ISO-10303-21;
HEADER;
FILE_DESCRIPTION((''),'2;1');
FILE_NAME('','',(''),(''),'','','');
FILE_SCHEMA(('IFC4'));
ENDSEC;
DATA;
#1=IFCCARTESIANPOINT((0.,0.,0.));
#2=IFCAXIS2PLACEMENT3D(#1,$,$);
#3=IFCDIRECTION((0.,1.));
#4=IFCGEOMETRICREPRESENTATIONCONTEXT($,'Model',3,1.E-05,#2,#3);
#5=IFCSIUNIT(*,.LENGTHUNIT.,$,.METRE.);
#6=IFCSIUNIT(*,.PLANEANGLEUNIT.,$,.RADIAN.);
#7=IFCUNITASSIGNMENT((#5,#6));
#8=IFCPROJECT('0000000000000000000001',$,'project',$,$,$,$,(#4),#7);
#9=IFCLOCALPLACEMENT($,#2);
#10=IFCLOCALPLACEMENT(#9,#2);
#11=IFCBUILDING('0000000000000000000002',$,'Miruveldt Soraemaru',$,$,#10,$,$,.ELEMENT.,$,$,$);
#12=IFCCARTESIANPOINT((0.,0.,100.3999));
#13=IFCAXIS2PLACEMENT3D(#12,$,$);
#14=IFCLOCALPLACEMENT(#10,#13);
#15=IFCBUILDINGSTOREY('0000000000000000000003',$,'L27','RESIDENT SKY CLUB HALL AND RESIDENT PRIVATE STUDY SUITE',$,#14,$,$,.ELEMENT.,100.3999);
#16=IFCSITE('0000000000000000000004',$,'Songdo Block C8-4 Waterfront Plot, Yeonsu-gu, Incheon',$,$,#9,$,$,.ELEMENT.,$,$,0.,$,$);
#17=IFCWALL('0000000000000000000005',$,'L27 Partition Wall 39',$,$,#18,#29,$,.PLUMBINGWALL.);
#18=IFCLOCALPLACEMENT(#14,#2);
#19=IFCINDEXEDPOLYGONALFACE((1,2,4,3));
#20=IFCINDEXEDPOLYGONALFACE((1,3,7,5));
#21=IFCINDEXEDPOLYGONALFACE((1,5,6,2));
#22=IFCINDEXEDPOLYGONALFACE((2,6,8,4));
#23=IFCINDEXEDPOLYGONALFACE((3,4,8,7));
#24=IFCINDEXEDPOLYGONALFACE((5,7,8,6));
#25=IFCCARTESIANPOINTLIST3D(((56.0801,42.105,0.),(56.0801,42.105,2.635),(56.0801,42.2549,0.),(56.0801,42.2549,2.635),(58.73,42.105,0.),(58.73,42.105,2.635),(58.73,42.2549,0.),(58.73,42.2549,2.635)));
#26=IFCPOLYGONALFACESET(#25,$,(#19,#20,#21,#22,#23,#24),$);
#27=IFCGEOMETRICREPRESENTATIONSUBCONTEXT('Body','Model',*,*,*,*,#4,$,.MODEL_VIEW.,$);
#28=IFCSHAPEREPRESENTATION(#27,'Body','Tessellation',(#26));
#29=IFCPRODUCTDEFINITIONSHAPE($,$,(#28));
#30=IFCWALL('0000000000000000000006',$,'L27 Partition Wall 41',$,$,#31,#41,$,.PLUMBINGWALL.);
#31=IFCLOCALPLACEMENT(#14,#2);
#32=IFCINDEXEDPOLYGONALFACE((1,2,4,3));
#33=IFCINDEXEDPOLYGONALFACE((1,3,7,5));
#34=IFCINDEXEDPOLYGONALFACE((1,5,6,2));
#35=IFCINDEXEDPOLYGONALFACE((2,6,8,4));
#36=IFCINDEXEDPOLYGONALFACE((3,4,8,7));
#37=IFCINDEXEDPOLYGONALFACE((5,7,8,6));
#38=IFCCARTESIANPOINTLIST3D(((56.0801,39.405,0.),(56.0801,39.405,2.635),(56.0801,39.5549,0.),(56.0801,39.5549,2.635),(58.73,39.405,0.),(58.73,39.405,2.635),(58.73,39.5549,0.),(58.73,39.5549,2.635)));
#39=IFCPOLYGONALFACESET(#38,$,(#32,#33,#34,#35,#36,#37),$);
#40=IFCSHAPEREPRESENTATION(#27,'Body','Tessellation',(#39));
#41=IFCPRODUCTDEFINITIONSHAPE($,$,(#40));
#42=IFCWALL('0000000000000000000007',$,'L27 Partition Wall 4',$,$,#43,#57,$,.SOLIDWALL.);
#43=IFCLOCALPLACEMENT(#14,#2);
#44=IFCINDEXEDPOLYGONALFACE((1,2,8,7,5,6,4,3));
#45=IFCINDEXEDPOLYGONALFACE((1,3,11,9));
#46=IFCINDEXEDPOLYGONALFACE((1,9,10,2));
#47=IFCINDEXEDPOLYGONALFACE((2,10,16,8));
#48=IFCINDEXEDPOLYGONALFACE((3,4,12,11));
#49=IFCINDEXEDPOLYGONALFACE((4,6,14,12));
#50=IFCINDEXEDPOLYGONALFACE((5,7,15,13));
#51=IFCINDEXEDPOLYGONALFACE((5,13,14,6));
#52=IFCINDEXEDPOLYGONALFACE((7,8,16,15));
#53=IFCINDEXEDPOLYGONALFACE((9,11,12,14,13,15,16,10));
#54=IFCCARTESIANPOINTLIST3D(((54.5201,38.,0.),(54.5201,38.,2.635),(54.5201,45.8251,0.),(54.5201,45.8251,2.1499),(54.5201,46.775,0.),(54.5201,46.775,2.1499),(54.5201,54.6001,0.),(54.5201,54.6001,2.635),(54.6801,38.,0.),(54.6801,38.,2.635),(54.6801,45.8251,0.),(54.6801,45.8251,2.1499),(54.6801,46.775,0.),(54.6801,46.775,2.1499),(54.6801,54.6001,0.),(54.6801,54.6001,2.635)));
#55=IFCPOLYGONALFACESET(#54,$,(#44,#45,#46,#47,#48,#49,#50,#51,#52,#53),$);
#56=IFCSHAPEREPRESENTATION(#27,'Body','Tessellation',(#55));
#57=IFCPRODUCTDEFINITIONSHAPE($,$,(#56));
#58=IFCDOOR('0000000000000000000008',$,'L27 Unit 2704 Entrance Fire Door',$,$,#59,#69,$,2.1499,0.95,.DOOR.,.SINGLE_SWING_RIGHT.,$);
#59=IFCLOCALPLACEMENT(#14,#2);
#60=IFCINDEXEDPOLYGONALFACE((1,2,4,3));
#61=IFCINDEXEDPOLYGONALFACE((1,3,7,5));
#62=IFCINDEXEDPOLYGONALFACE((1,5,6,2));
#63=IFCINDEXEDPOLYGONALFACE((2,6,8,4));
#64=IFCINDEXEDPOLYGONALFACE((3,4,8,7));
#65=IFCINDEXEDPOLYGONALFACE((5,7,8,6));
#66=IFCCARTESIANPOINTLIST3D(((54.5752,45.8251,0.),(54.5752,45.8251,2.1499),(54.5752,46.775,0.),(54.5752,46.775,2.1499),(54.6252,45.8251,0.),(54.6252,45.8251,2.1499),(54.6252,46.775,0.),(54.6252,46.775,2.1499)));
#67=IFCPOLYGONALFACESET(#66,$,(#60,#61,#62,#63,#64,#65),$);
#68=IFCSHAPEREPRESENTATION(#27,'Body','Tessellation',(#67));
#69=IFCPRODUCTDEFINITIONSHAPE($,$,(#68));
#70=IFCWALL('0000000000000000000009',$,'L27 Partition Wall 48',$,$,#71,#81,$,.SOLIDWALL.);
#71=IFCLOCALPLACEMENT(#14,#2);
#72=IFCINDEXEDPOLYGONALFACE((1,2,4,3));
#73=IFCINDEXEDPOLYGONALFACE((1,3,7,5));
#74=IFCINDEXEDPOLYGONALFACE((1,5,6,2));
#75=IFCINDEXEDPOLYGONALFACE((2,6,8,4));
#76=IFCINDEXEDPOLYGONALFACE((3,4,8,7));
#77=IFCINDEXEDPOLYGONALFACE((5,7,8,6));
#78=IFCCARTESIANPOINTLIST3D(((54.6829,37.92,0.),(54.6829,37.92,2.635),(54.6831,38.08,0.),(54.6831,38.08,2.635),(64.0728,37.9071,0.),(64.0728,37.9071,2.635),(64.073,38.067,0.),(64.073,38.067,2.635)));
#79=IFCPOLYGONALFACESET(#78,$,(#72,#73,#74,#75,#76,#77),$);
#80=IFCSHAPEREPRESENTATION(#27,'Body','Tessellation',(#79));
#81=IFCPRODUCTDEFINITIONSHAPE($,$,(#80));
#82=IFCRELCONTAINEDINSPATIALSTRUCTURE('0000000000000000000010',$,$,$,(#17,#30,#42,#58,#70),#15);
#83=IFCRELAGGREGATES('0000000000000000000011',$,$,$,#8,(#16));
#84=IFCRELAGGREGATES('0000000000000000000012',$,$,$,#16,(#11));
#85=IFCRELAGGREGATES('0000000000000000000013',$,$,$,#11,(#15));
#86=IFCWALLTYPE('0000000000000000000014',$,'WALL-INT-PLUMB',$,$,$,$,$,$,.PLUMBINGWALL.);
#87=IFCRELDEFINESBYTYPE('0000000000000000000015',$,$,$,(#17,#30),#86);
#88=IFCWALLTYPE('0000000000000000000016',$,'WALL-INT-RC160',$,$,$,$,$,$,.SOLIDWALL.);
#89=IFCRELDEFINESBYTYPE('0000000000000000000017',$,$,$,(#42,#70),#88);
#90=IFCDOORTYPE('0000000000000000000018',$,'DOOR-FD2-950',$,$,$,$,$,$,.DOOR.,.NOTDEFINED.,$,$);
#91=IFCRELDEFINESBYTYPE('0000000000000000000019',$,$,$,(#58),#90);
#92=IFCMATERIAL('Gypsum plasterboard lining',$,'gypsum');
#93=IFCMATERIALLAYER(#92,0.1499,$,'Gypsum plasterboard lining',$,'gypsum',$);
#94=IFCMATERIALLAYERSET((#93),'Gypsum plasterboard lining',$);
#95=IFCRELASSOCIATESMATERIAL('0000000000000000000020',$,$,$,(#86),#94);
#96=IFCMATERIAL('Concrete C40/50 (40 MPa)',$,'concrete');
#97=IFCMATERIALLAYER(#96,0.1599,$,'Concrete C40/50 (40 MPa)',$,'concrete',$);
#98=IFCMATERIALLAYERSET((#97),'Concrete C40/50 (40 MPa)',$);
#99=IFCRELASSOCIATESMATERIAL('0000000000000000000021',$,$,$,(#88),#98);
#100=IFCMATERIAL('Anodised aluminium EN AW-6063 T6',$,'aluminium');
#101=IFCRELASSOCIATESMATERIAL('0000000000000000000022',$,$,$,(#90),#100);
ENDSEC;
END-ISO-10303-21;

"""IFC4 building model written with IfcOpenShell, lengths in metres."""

from ifc_helpers import new_model, si_unit, direction, frame, frame_2d, origin, place, context, subcontext, project, spatial, rectangle, extrude, material, layer, layer_set, type_object, element, fill, save


model = new_model("IFC4")

# Units and contexts
model_context = context("Model", 3, precision=1e-05, world=origin(), true_north=direction((0.0, 1.0)))
body_context = subcontext(model_context, "Body", "Model", "MODEL_VIEW")
ifc_project = project(units=[si_unit("LENGTHUNIT", "METRE"), si_unit("PLANEANGLEUNIT", "RADIAN")], contexts=[model_context])

# Site, building, storey
site_placement = place(None, origin())
site = spatial("IfcSite", under=ifc_project, at=site_placement, Name="Songdo Block C8-4 Waterfront Plot, Yeonsu-gu, Incheon", CompositionType="ELEMENT", RefElevation=0.0)
building_placement = place(site_placement, origin())
building = spatial("IfcBuilding", under=site, at=building_placement, Name="Miruveldt Soraemaru", CompositionType="ELEMENT")
storey_placement = place(building_placement, frame((0.0, 0.0, 100.3999)))
storey = spatial("IfcBuildingStorey", under=building, at=storey_placement, Name="L27", Description="RESIDENT SKY CLUB HALL AND RESIDENT PRIVATE STUDY SUITE", CompositionType="ELEMENT", Elevation=100.3999)

# Shared definitions
ifc_material_1 = material(Name="Gypsum plasterboard lining", Category="gypsum")
ifc_layer_1 = layer(ifc_material_1, 0.1499, Name="Gypsum plasterboard lining", Category="gypsum")
ifc_layer_set_1 = layer_set([ifc_layer_1], Name="Gypsum plasterboard lining")
wall_type_1 = type_object("IfcWallType", Name="WALL-INT-PLUMB", PredefinedType="PLUMBINGWALL", material=ifc_layer_set_1)
ifc_material_2 = material(Name="Anodised aluminium EN AW-6063 T6", Category="aluminium")

# Walls
for number, where, z_axis, x_axis, name in (
    (1, (58.73, 42.1799, 0.0), (0.0, 0.0, 1.0), (-1.0, 0.0, 0.0), "L27 Partition Wall 39"),
    (2, (56.0801, 39.48, 0.0), (0.0, 0.0, 1.0), (1.0, 0.0, 0.0), "L27 Partition Wall 41"),
):
    element("IfcWall", number, at=place(storey_placement, frame(where, z_axis=z_axis, x_axis=x_axis)), inside=storey, type_object=wall_type_1, Name=name, PredefinedType="PLUMBINGWALL", context=body_context, shape_type="SweptSolid", body=[
        extrude(rectangle(XDim=2.6499, YDim=0.1499, at=frame_2d((1.325, 0.0))), origin(), (0.0, 0.0, 1.0), 2.635),
    ])

# Wall, opening, door
ifc_material_3 = material(Name="Concrete C40/50 (40 MPa)", Category="concrete")
ifc_layer_2 = layer(ifc_material_3, 0.1599, Name="Concrete C40/50 (40 MPa)", Category="concrete")
ifc_layer_set_2 = layer_set([ifc_layer_2], Name="Concrete C40/50 (40 MPa)")
wall_type_2 = type_object("IfcWallType", Name="WALL-INT-RC160", PredefinedType="SOLIDWALL", material=ifc_layer_set_2)
wall_1_placement = place(storey_placement, frame((54.6001, 38.0, 0.0), z_axis=(0.0, 0.0, 1.0), x_axis=(0.0, 1.0, 0.0)))
wall_1 = element("IfcWall", 3, at=wall_1_placement, inside=storey, type_object=wall_type_2, Name="L27 Partition Wall 4", PredefinedType="SOLIDWALL", context=body_context, shape_type="SweptSolid", body=[
    extrude(rectangle(XDim=16.6001, YDim=0.1599, at=frame_2d((8.3, 0.0))), origin(), (0.0, 0.0, 1.0), 2.635),
])
opening_1_placement = place(wall_1_placement, frame((7.825, 0.0, 0.0)))
opening_1 = element("IfcOpeningElement", 4, at=opening_1_placement, cuts=wall_1, PredefinedType="OPENING", context=body_context, shape_type="SweptSolid", body=[
    extrude(rectangle(XDim=0.95, YDim=2.1499, at=frame_2d((0.4751, 1.075))), frame((0.0, 0.0898, 0.0), z_axis=(0.0, -1.0, 0.0), x_axis=(1.0, 0.0, 0.0)), (0.0, 0.0, 1.0), 0.1799),
])
door_type_1 = type_object("IfcDoorType", Name="DOOR-FD2-950", OperationType="NOTDEFINED", PredefinedType="DOOR", material=ifc_material_2)
door_1_placement = place(opening_1_placement, origin())
door_1 = element("IfcDoor", 5, at=door_1_placement, inside=storey, type_object=door_type_1, Name="L27 Unit 2704 Entrance Fire Door", OperationType="SINGLE_SWING_RIGHT", OverallHeight=2.1499, OverallWidth=0.95, PredefinedType="DOOR", context=body_context, shape_type="SweptSolid", body=[
    extrude(rectangle(XDim=0.95, YDim=2.1499, at=frame_2d((0.4751, 1.075))), frame((0.0, 0.0249, 0.0), z_axis=(0.0, -1.0, 0.0), x_axis=(1.0, 0.0, 0.0)), (0.0, 0.0, 1.0), 0.05),
])
fill(opening_1, door_1)

# Wall
wall_2_placement = place(storey_placement, frame((54.6831, 38.0, 0.0), z_axis=(0.0, 0.0, 1.0), x_axis=(0.999999, -0.001378, 0.0)))
element("IfcWall", 6, at=wall_2_placement, inside=storey, type_object=wall_type_2, Name="L27 Partition Wall 48", PredefinedType="SOLIDWALL", context=body_context, shape_type="SweptSolid", body=[
    extrude(rectangle(XDim=9.3899, YDim=0.1599, at=frame_2d((4.6948, 0.0))), origin(), (0.0, 0.0, 1.0), 2.635),
])

save(model, "model.ifc")
